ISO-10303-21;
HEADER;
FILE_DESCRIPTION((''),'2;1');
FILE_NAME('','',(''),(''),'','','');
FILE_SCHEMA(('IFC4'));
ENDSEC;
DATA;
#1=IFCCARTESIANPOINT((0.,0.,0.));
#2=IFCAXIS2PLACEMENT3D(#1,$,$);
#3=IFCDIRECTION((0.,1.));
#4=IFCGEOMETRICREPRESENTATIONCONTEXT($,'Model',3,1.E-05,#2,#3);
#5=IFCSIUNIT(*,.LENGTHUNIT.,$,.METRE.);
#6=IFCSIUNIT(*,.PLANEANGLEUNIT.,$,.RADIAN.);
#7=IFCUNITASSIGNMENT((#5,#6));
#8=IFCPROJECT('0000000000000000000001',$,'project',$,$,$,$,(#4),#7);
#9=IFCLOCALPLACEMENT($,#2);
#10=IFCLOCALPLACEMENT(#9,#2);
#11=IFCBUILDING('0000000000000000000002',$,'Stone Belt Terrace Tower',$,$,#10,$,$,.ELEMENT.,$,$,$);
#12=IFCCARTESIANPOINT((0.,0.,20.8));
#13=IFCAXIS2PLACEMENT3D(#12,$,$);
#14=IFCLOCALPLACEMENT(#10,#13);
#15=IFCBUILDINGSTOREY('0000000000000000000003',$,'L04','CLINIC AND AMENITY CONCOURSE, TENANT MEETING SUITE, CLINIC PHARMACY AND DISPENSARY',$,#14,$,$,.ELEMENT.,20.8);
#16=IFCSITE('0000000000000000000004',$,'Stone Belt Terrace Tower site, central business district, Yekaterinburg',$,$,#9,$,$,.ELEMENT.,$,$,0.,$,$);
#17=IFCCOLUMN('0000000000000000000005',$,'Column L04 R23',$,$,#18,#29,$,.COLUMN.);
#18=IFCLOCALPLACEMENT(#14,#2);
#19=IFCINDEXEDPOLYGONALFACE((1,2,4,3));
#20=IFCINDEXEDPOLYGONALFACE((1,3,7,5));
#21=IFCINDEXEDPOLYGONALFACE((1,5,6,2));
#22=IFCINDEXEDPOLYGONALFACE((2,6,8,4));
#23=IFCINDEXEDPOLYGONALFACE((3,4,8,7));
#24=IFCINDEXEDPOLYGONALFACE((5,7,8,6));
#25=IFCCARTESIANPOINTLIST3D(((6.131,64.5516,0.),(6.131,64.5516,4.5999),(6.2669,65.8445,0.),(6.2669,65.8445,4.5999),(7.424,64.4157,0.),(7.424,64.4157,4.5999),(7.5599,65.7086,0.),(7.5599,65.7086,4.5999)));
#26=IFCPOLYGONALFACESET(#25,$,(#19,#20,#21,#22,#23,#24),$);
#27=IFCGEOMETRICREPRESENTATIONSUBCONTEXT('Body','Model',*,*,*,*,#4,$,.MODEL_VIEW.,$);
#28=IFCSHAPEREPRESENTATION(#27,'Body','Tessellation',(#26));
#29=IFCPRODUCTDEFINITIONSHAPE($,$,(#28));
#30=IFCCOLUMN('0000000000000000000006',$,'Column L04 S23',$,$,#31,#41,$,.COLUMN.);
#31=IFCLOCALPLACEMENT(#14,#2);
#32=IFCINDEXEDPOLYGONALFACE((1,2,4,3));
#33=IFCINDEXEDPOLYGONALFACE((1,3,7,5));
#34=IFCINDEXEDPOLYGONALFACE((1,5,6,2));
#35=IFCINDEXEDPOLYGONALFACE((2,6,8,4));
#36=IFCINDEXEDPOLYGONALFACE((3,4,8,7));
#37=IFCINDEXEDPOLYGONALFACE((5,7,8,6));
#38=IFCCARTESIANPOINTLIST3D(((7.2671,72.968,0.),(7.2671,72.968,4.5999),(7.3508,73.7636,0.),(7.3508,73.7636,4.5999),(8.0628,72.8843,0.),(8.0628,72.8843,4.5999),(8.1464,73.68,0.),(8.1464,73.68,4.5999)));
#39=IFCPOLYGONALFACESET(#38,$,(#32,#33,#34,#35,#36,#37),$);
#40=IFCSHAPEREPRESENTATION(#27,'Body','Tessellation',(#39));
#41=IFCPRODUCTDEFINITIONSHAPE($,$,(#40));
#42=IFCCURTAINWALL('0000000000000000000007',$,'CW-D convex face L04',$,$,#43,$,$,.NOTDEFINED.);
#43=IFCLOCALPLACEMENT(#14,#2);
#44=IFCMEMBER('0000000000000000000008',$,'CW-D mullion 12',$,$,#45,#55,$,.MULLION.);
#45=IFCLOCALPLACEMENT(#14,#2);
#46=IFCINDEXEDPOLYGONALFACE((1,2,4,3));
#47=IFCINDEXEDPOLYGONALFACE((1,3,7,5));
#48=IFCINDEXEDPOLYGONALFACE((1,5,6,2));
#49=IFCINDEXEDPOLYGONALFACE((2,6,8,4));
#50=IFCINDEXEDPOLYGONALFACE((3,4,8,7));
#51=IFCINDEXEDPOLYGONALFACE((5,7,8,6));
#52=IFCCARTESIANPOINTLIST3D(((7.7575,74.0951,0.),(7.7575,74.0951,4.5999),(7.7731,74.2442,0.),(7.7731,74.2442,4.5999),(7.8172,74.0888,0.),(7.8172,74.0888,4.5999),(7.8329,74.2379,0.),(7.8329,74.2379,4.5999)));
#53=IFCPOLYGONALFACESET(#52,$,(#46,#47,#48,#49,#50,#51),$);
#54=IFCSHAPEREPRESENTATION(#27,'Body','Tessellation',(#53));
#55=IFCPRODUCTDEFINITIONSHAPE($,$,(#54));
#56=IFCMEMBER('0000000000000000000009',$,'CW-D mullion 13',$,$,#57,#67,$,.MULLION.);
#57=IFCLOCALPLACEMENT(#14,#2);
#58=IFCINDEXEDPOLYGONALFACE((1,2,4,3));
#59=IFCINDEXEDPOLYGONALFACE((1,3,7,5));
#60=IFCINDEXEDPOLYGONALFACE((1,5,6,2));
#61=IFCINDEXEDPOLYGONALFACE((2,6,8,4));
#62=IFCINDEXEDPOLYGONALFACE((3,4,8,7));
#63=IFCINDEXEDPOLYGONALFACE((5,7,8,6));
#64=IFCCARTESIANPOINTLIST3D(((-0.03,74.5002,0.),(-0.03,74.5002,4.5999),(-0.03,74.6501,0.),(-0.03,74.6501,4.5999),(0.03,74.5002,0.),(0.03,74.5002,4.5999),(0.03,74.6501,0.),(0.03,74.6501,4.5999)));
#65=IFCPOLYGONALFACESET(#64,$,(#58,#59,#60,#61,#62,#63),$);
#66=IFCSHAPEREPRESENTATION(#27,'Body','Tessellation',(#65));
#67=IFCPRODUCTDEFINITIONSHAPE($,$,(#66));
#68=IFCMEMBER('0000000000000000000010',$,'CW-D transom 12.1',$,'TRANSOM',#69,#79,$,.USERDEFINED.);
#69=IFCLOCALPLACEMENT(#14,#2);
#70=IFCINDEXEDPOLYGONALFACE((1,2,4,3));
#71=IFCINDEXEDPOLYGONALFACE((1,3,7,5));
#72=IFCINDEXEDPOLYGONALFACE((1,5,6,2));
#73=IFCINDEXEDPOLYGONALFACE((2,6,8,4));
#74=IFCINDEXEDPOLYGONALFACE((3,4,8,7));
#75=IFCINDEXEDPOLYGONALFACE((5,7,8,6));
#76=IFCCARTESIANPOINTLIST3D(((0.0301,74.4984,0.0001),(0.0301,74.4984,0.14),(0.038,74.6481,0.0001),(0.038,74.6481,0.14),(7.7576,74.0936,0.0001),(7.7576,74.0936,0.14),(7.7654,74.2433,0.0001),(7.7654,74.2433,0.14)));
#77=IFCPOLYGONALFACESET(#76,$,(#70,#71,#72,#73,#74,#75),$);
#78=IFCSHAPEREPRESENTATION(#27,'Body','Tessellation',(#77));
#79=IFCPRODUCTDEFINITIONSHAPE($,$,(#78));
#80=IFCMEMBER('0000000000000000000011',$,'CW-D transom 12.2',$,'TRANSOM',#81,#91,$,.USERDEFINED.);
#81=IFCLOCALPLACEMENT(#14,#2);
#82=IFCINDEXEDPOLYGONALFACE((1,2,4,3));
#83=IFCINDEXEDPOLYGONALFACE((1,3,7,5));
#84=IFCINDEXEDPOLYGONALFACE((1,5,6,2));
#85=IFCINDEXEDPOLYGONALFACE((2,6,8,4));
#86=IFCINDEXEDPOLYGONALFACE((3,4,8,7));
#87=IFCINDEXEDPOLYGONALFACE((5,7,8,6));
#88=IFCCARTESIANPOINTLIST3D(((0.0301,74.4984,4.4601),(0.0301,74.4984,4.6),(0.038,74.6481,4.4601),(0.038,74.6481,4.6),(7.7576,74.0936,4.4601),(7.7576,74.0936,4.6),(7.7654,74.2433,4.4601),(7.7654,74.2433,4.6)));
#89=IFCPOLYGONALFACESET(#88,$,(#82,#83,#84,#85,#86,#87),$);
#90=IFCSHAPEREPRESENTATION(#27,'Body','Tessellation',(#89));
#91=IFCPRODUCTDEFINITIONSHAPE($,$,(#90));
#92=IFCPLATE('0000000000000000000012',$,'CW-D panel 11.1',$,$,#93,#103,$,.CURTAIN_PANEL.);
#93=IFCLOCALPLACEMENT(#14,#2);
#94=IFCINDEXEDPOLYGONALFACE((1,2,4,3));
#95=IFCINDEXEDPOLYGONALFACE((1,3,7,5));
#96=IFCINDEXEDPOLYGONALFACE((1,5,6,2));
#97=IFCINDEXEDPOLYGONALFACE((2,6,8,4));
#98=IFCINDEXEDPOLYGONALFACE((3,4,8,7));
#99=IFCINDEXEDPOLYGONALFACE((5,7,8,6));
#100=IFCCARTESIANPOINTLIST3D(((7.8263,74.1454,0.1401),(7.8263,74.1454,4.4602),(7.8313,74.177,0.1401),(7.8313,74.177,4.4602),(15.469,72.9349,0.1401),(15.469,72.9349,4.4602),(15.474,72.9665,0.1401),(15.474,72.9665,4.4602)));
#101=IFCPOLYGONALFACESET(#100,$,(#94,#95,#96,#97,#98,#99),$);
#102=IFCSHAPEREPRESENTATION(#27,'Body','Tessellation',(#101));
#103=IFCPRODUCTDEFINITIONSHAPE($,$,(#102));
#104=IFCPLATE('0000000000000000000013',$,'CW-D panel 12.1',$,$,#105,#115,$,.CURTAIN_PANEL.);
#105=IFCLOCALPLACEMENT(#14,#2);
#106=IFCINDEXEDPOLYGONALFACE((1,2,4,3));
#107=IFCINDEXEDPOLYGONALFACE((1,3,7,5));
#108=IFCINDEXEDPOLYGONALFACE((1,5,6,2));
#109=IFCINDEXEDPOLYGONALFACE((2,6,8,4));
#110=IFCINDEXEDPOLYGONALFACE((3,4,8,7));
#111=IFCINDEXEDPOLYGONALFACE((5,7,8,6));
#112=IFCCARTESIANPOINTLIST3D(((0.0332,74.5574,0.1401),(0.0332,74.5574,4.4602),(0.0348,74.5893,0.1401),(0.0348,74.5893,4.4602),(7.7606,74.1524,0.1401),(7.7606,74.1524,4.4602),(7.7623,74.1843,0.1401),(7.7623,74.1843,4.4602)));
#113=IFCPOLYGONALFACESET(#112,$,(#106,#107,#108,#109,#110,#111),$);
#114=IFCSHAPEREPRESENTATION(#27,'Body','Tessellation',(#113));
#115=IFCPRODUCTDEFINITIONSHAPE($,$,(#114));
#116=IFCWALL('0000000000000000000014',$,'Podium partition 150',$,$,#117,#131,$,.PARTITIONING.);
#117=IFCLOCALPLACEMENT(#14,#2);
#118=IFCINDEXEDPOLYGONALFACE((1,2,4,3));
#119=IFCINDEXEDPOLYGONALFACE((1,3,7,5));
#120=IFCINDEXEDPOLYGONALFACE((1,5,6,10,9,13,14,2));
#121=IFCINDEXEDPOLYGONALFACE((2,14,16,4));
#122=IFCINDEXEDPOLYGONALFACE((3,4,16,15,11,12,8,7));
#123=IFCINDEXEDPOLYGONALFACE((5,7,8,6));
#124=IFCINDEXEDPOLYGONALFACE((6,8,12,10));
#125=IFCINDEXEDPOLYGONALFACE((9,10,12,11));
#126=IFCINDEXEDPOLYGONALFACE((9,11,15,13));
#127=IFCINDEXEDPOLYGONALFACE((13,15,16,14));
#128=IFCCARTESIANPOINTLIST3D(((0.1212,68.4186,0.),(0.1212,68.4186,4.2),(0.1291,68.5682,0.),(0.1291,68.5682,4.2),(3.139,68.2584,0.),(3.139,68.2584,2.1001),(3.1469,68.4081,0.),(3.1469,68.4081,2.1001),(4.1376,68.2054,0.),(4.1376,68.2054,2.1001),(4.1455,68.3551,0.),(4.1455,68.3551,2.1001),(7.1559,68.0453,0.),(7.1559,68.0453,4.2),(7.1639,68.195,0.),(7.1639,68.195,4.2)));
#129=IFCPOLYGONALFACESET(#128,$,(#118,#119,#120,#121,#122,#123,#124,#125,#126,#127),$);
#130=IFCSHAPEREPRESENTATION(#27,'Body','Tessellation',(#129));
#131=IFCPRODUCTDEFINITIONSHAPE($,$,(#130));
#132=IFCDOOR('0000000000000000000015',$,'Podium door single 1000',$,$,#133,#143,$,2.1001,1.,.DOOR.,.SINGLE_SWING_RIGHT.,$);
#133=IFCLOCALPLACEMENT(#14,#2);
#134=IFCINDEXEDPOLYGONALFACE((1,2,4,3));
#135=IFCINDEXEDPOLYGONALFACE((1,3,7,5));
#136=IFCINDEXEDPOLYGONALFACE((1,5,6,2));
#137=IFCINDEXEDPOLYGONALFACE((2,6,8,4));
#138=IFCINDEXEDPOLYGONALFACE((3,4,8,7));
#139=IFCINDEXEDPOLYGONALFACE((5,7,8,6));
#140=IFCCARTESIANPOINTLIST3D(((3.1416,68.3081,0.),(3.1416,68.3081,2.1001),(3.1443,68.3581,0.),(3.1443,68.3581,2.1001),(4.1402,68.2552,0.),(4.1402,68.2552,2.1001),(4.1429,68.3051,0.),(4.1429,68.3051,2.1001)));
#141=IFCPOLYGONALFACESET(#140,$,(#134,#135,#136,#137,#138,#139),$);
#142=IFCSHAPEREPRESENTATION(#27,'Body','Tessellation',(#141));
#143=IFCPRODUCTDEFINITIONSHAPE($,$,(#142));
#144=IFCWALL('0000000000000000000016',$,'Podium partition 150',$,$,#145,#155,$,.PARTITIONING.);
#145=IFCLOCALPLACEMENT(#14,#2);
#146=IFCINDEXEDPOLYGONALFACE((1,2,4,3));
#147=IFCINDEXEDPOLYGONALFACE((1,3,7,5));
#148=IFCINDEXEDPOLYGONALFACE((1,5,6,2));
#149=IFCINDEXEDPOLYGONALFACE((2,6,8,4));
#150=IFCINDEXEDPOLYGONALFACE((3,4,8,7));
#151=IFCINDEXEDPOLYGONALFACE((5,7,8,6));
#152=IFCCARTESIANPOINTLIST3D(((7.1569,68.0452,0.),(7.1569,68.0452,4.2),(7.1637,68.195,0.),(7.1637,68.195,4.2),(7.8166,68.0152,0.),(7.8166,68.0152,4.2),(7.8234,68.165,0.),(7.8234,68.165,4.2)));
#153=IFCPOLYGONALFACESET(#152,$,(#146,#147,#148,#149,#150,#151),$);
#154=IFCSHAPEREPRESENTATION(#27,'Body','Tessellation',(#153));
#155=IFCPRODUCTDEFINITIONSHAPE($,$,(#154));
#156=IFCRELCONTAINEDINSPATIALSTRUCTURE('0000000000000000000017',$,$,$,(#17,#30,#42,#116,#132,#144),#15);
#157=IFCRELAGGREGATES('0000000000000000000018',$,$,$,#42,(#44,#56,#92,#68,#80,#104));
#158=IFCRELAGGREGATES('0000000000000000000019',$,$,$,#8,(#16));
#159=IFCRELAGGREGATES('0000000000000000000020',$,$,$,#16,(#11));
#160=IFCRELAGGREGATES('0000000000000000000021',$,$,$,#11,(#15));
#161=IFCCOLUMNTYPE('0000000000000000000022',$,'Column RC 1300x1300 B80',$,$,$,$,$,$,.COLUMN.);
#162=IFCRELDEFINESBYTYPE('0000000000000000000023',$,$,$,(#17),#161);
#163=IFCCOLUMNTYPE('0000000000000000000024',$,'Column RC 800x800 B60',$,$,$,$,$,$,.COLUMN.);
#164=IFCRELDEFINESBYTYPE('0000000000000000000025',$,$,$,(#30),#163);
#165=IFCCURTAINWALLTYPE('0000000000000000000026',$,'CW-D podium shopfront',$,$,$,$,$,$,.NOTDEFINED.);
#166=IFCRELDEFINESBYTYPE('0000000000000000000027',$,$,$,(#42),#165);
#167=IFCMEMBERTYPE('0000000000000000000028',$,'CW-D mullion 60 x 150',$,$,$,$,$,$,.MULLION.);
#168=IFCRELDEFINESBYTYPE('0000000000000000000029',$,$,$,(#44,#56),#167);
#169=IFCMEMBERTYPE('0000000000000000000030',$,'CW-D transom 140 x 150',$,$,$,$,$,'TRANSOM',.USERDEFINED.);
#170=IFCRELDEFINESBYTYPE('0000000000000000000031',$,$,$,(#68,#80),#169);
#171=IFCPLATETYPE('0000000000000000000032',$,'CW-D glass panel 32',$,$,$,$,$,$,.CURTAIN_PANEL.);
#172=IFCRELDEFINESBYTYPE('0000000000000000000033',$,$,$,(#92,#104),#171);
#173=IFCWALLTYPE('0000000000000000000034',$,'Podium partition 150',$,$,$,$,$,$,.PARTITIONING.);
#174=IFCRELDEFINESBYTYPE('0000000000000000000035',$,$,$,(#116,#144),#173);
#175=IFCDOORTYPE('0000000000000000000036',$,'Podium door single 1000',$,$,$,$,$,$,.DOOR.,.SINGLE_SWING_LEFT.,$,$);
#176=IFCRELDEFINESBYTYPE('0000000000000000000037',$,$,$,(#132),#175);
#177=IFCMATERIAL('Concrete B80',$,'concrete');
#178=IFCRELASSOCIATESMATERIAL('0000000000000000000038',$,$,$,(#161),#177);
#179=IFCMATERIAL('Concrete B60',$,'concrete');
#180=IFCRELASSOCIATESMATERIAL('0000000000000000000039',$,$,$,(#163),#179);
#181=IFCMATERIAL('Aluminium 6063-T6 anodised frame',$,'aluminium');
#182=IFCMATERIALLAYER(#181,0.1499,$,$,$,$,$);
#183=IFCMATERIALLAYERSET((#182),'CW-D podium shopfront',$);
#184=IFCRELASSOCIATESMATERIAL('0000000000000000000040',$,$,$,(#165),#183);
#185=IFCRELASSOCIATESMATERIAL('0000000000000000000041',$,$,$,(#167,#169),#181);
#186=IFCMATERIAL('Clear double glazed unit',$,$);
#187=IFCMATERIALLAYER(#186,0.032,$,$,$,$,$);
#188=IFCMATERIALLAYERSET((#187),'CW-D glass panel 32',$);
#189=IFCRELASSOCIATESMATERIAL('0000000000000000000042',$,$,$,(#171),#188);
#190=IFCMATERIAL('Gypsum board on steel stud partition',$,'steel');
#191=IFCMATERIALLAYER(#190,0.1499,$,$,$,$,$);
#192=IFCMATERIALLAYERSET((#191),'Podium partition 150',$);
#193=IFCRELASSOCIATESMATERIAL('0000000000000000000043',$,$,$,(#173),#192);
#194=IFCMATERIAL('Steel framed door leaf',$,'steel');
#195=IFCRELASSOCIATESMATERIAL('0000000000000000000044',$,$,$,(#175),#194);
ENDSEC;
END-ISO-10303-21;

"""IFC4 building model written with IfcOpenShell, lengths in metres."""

from ifc_helpers import new_model, si_unit, direction, frame, frame_2d, origin, origin_2d, place, context, subcontext, project, spatial, rectangle, extrude, material, layer, layer_set, material_profile, profile_set, type_object, element, fill, aggregate, save


model = new_model("IFC4")

# Units and contexts
model_context = context("Model", 3, precision=1e-05, world=origin(), true_north=direction((0.0, 1.0)))
body_context = subcontext(model_context, "Body", "Model", "MODEL_VIEW")
ifc_project = project(units=[si_unit("LENGTHUNIT", "METRE"), si_unit("PLANEANGLEUNIT", "RADIAN")], contexts=[model_context])

# Site, building, storey
site_placement = place(None, origin())
site = spatial("IfcSite", under=ifc_project, at=site_placement, Name="Stone Belt Terrace Tower site, central business district, Yekaterinburg", CompositionType="ELEMENT", RefElevation=0.0)
building_placement = place(site_placement, origin())
building = spatial("IfcBuilding", under=site, at=building_placement, Name="Stone Belt Terrace Tower", CompositionType="ELEMENT")
storey_placement = place(building_placement, frame((0.0, 0.0, 20.8)))
storey = spatial("IfcBuildingStorey", under=building, at=storey_placement, Name="L04", Description="CLINIC AND AMENITY CONCOURSE, TENANT MEETING SUITE, CLINIC PHARMACY AND DISPENSARY", CompositionType="ELEMENT", Elevation=20.8)

# Columns
ifc_material_1 = material(Name="Concrete B80", Category="concrete")
ifc_material_profile_1 = material_profile(ifc_material_1, rectangle(XDim=1.3, YDim=1.3, at=origin_2d()), Name="RC 1300x1300")
ifc_profile_set_1 = profile_set([ifc_material_profile_1], Name="Concrete B80")
column_type_1 = type_object("IfcColumnType", Name="Column RC 1300x1300 B80", PredefinedType="COLUMN", material=ifc_profile_set_1)
column_1_placement = place(storey_placement, frame((6.8455, 65.1301, 0.0), z_axis=(0.0, 0.0, 1.0), x_axis=(0.994522, -0.104528, 0.0)))
element("IfcColumn", 1, at=column_1_placement, inside=storey, type_object=column_type_1, Name="Column L04 R23", PredefinedType="COLUMN", context=body_context, shape_type="SweptSolid", body=[
    extrude(rectangle(XDim=1.3, YDim=1.3, at=origin_2d()), origin(), (0.0, 0.0, 1.0), 4.5999),
])
ifc_material_2 = material(Name="Concrete B60", Category="concrete")
ifc_material_profile_2 = material_profile(ifc_material_2, rectangle(XDim=0.8, YDim=0.8, at=origin_2d()), Name="RC 800x800")
ifc_profile_set_2 = profile_set([ifc_material_profile_2], Name="Concrete B60")
column_type_2 = type_object("IfcColumnType", Name="Column RC 800x800 B60", PredefinedType="COLUMN", material=ifc_profile_set_2)
column_2_placement = place(storey_placement, frame((7.7068, 73.324, 0.0), z_axis=(0.0, 0.0, 1.0), x_axis=(0.994522, -0.104528, 0.0)))
element("IfcColumn", 2, at=column_2_placement, inside=storey, type_object=column_type_2, Name="Column L04 S23", PredefinedType="COLUMN", context=body_context, shape_type="SweptSolid", body=[
    extrude(rectangle(XDim=0.8, YDim=0.8, at=origin_2d()), origin(), (0.0, 0.0, 1.0), 4.5999),
])

# Curtain wall, members, plates
ifc_material_3 = material(Name="Aluminium 6063-T6 anodised frame", Category="aluminium")
ifc_layer_1 = layer(ifc_material_3, 0.1499)
ifc_layer_set_1 = layer_set([ifc_layer_1], Name="CW-D podium shopfront")
curtain_wall_type = type_object("IfcCurtainWallType", Name="CW-D podium shopfront", PredefinedType="NOTDEFINED", material=ifc_layer_set_1)
curtain_wall_placement = place(storey_placement, origin())
curtain_wall = element("IfcCurtainWall", 3, at=curtain_wall_placement, inside=storey, type_object=curtain_wall_type, Name="CW-D convex face L04", PredefinedType="NOTDEFINED")
ifc_material_profile_3 = material_profile(ifc_material_3, rectangle(XDim=0.1499, YDim=0.0601, at=origin_2d()), Name="Aluminium 6063-T6 60x150")
ifc_profile_set_3 = profile_set([ifc_material_profile_3], Name="Aluminium 6063-T6 anodised frame")
member_type_1 = type_object("IfcMemberType", Name="CW-D mullion 60 x 150", PredefinedType="MULLION", material=ifc_profile_set_3)
member_1_placement = place(storey_placement, frame((7.7952, 74.1665, 0.0), z_axis=(0.0, 0.0, 1.0), x_axis=(-0.104528, -0.994522, 0.0)))
member_1 = element("IfcMember", 4, at=member_1_placement, type_object=member_type_1, Name="CW-D mullion 12", PredefinedType="MULLION", context=body_context, shape_type="SweptSolid", body=[
    extrude(rectangle(XDim=0.1499, YDim=0.0601, at=origin_2d()), origin(), (0.0, 0.0, 1.0), 4.5999),
])
member_2_placement = place(storey_placement, frame((0.0, 74.5752, 0.0), z_axis=(0.0, 0.0, 1.0), x_axis=(0.0, -1.0, 0.0)))
member_2 = element("IfcMember", 5, at=member_2_placement, type_object=member_type_1, Name="CW-D mullion 13", PredefinedType="MULLION", context=body_context, shape_type="SweptSolid", body=[
    extrude(rectangle(XDim=0.1499, YDim=0.0601, at=origin_2d()), origin(), (0.0, 0.0, 1.0), 4.5999),
])
ifc_material_profile_4 = material_profile(ifc_material_3, rectangle(XDim=0.1499, YDim=0.1399, at=origin_2d()), Name="Aluminium 6063-T6 150x140")
ifc_profile_set_4 = profile_set([ifc_material_profile_4], Name="Aluminium 6063-T6 anodised frame")
member_type_2 = type_object("IfcMemberType", Name="CW-D transom 140 x 150", ElementType="TRANSOM", PredefinedType="USERDEFINED", material=ifc_profile_set_4)
member_3_placement = place(storey_placement, frame((7.7615, 74.1685, 0.0701), z_axis=(-0.998631, 0.05231, 0.0), x_axis=(-0.05231, -0.998631, 0.0)))
member_3 = element("IfcMember", 6, at=member_3_placement, type_object=member_type_2, Name="CW-D transom 12.1", ObjectType="TRANSOM", PredefinedType="USERDEFINED", context=body_context, shape_type="SweptSolid", body=[
    extrude(rectangle(XDim=0.1499, YDim=0.1399, at=origin_2d()), origin(), (0.0, 0.0, 1.0), 7.738),
])
member_4_placement = place(storey_placement, frame((7.7615, 74.1685, 4.53), z_axis=(-0.998631, 0.05231, 0.0), x_axis=(-0.05231, -0.998631, 0.0)))
member_4 = element("IfcMember", 7, at=member_4_placement, type_object=member_type_2, Name="CW-D transom 12.2", ObjectType="TRANSOM", PredefinedType="USERDEFINED", context=body_context, shape_type="SweptSolid", body=[
    extrude(rectangle(XDim=0.1499, YDim=0.1399, at=origin_2d()), origin(), (0.0, 0.0, 1.0), 7.738),
])
ifc_material_4 = material(Name="Clear double glazed unit")
ifc_layer_2 = layer(ifc_material_4, 0.032)
ifc_layer_set_2 = layer_set([ifc_layer_2], Name="CW-D glass panel 32")
plate_type = type_object("IfcPlateType", Name="CW-D glass panel 32", PredefinedType="CURTAIN_PANEL", material=ifc_layer_set_2)
plate_1_placement = place(storey_placement, frame((11.6501, 73.5559, 0.1401), z_axis=(0.0, 0.0, 1.0), x_axis=(-0.987688, 0.156434, 0.0)))
plate_1 = element("IfcPlate", 8, at=plate_1_placement, type_object=plate_type, Name="CW-D panel 11.1", PredefinedType="CURTAIN_PANEL", context=body_context, shape_type="SweptSolid", body=[
    extrude(rectangle(XDim=7.738, YDim=0.032, at=origin_2d()), origin(), (0.0, 0.0, 1.0), 4.3201),
])
plate_2_placement = place(storey_placement, frame((3.8977, 74.3708, 0.1401), z_axis=(0.0, 0.0, 1.0), x_axis=(-0.99863, 0.052336, 0.0)))
plate_2 = element("IfcPlate", 9, at=plate_2_placement, type_object=plate_type, Name="CW-D panel 12.1", PredefinedType="CURTAIN_PANEL", context=body_context, shape_type="SweptSolid", body=[
    extrude(rectangle(XDim=7.738, YDim=0.032, at=origin_2d()), origin(), (0.0, 0.0, 1.0), 4.3201),
])
aggregate(curtain_wall, [member_1, member_2, plate_1, member_3, member_4, plate_2])

# Wall, opening, door
ifc_material_5 = material(Name="Gypsum board on steel stud partition", Category="steel")
ifc_layer_3 = layer(ifc_material_5, 0.1499)
ifc_layer_set_3 = layer_set([ifc_layer_3], Name="Podium partition 150")
wall_type_1 = type_object("IfcWallType", Name="Podium partition 150", PredefinedType="PARTITIONING", material=ifc_layer_set_3)
wall_1_placement = place(storey_placement, frame((0.125, 68.4934, 0.0), z_axis=(0.0, 0.0, 1.0), x_axis=(0.998595, -0.05299, 0.0)))
wall_1 = element("IfcWall", 10, at=wall_1_placement, inside=storey, type_object=wall_type_1, Name="Podium partition 150", PredefinedType="PARTITIONING", context=body_context, shape_type="SweptSolid", body=[
    extrude(rectangle(XDim=7.0447, YDim=0.1499, at=frame_2d((3.5225, 0.0))), origin(), (0.0, 0.0, 1.0), 4.2),
])
opening_1_placement = place(wall_1_placement, frame((3.0222, 0.0, 0.0)))
opening_1 = element("IfcOpeningElement", 11, at=opening_1_placement, cuts=wall_1, PredefinedType="OPENING", context=body_context, shape_type="SweptSolid", body=[
    extrude(rectangle(XDim=1.0, YDim=2.1001, at=frame_2d((0.5, 1.05))), frame((0.0, 0.085, 0.0), z_axis=(0.0, -1.0, 0.0), x_axis=(1.0, 0.0, 0.0)), (0.0, 0.0, 1.0), 0.1699),
])
ifc_material_6 = material(Name="Steel framed door leaf", Category="steel")
door_type_1 = type_object("IfcDoorType", Name="Podium door single 1000", OperationType="SINGLE_SWING_LEFT", PredefinedType="DOOR", material=ifc_material_6)
door_1_placement = place(opening_1_placement, origin())
door_1 = element("IfcDoor", 12, at=door_1_placement, inside=storey, type_object=door_type_1, Name="Podium door single 1000", OperationType="SINGLE_SWING_RIGHT", OverallHeight=2.1001, OverallWidth=1.0, PredefinedType="DOOR", context=body_context, shape_type="SweptSolid", body=[
    extrude(rectangle(XDim=1.0, YDim=2.1001, at=frame_2d((0.5, 1.05))), frame((0.0, 0.0249, 0.0), z_axis=(0.0, -1.0, 0.0), x_axis=(1.0, 0.0, 0.0)), (0.0, 0.0, 1.0), 0.05),
])
fill(opening_1, door_1)

# Wall
wall_2_placement = place(storey_placement, frame((7.1604, 68.1201, 0.0), z_axis=(0.0, 0.0, 1.0), x_axis=(0.998965, -0.045475, 0.0)))
element("IfcWall", 13, at=wall_2_placement, inside=storey, type_object=wall_type_1, Name="Podium partition 150", PredefinedType="PARTITIONING", context=body_context, shape_type="SweptSolid", body=[
    extrude(rectangle(XDim=0.6604, YDim=0.1499, at=frame_2d((0.3301, 0.0))), origin(), (0.0, 0.0, 1.0), 4.2),
])

save(model, "model.ifc")
